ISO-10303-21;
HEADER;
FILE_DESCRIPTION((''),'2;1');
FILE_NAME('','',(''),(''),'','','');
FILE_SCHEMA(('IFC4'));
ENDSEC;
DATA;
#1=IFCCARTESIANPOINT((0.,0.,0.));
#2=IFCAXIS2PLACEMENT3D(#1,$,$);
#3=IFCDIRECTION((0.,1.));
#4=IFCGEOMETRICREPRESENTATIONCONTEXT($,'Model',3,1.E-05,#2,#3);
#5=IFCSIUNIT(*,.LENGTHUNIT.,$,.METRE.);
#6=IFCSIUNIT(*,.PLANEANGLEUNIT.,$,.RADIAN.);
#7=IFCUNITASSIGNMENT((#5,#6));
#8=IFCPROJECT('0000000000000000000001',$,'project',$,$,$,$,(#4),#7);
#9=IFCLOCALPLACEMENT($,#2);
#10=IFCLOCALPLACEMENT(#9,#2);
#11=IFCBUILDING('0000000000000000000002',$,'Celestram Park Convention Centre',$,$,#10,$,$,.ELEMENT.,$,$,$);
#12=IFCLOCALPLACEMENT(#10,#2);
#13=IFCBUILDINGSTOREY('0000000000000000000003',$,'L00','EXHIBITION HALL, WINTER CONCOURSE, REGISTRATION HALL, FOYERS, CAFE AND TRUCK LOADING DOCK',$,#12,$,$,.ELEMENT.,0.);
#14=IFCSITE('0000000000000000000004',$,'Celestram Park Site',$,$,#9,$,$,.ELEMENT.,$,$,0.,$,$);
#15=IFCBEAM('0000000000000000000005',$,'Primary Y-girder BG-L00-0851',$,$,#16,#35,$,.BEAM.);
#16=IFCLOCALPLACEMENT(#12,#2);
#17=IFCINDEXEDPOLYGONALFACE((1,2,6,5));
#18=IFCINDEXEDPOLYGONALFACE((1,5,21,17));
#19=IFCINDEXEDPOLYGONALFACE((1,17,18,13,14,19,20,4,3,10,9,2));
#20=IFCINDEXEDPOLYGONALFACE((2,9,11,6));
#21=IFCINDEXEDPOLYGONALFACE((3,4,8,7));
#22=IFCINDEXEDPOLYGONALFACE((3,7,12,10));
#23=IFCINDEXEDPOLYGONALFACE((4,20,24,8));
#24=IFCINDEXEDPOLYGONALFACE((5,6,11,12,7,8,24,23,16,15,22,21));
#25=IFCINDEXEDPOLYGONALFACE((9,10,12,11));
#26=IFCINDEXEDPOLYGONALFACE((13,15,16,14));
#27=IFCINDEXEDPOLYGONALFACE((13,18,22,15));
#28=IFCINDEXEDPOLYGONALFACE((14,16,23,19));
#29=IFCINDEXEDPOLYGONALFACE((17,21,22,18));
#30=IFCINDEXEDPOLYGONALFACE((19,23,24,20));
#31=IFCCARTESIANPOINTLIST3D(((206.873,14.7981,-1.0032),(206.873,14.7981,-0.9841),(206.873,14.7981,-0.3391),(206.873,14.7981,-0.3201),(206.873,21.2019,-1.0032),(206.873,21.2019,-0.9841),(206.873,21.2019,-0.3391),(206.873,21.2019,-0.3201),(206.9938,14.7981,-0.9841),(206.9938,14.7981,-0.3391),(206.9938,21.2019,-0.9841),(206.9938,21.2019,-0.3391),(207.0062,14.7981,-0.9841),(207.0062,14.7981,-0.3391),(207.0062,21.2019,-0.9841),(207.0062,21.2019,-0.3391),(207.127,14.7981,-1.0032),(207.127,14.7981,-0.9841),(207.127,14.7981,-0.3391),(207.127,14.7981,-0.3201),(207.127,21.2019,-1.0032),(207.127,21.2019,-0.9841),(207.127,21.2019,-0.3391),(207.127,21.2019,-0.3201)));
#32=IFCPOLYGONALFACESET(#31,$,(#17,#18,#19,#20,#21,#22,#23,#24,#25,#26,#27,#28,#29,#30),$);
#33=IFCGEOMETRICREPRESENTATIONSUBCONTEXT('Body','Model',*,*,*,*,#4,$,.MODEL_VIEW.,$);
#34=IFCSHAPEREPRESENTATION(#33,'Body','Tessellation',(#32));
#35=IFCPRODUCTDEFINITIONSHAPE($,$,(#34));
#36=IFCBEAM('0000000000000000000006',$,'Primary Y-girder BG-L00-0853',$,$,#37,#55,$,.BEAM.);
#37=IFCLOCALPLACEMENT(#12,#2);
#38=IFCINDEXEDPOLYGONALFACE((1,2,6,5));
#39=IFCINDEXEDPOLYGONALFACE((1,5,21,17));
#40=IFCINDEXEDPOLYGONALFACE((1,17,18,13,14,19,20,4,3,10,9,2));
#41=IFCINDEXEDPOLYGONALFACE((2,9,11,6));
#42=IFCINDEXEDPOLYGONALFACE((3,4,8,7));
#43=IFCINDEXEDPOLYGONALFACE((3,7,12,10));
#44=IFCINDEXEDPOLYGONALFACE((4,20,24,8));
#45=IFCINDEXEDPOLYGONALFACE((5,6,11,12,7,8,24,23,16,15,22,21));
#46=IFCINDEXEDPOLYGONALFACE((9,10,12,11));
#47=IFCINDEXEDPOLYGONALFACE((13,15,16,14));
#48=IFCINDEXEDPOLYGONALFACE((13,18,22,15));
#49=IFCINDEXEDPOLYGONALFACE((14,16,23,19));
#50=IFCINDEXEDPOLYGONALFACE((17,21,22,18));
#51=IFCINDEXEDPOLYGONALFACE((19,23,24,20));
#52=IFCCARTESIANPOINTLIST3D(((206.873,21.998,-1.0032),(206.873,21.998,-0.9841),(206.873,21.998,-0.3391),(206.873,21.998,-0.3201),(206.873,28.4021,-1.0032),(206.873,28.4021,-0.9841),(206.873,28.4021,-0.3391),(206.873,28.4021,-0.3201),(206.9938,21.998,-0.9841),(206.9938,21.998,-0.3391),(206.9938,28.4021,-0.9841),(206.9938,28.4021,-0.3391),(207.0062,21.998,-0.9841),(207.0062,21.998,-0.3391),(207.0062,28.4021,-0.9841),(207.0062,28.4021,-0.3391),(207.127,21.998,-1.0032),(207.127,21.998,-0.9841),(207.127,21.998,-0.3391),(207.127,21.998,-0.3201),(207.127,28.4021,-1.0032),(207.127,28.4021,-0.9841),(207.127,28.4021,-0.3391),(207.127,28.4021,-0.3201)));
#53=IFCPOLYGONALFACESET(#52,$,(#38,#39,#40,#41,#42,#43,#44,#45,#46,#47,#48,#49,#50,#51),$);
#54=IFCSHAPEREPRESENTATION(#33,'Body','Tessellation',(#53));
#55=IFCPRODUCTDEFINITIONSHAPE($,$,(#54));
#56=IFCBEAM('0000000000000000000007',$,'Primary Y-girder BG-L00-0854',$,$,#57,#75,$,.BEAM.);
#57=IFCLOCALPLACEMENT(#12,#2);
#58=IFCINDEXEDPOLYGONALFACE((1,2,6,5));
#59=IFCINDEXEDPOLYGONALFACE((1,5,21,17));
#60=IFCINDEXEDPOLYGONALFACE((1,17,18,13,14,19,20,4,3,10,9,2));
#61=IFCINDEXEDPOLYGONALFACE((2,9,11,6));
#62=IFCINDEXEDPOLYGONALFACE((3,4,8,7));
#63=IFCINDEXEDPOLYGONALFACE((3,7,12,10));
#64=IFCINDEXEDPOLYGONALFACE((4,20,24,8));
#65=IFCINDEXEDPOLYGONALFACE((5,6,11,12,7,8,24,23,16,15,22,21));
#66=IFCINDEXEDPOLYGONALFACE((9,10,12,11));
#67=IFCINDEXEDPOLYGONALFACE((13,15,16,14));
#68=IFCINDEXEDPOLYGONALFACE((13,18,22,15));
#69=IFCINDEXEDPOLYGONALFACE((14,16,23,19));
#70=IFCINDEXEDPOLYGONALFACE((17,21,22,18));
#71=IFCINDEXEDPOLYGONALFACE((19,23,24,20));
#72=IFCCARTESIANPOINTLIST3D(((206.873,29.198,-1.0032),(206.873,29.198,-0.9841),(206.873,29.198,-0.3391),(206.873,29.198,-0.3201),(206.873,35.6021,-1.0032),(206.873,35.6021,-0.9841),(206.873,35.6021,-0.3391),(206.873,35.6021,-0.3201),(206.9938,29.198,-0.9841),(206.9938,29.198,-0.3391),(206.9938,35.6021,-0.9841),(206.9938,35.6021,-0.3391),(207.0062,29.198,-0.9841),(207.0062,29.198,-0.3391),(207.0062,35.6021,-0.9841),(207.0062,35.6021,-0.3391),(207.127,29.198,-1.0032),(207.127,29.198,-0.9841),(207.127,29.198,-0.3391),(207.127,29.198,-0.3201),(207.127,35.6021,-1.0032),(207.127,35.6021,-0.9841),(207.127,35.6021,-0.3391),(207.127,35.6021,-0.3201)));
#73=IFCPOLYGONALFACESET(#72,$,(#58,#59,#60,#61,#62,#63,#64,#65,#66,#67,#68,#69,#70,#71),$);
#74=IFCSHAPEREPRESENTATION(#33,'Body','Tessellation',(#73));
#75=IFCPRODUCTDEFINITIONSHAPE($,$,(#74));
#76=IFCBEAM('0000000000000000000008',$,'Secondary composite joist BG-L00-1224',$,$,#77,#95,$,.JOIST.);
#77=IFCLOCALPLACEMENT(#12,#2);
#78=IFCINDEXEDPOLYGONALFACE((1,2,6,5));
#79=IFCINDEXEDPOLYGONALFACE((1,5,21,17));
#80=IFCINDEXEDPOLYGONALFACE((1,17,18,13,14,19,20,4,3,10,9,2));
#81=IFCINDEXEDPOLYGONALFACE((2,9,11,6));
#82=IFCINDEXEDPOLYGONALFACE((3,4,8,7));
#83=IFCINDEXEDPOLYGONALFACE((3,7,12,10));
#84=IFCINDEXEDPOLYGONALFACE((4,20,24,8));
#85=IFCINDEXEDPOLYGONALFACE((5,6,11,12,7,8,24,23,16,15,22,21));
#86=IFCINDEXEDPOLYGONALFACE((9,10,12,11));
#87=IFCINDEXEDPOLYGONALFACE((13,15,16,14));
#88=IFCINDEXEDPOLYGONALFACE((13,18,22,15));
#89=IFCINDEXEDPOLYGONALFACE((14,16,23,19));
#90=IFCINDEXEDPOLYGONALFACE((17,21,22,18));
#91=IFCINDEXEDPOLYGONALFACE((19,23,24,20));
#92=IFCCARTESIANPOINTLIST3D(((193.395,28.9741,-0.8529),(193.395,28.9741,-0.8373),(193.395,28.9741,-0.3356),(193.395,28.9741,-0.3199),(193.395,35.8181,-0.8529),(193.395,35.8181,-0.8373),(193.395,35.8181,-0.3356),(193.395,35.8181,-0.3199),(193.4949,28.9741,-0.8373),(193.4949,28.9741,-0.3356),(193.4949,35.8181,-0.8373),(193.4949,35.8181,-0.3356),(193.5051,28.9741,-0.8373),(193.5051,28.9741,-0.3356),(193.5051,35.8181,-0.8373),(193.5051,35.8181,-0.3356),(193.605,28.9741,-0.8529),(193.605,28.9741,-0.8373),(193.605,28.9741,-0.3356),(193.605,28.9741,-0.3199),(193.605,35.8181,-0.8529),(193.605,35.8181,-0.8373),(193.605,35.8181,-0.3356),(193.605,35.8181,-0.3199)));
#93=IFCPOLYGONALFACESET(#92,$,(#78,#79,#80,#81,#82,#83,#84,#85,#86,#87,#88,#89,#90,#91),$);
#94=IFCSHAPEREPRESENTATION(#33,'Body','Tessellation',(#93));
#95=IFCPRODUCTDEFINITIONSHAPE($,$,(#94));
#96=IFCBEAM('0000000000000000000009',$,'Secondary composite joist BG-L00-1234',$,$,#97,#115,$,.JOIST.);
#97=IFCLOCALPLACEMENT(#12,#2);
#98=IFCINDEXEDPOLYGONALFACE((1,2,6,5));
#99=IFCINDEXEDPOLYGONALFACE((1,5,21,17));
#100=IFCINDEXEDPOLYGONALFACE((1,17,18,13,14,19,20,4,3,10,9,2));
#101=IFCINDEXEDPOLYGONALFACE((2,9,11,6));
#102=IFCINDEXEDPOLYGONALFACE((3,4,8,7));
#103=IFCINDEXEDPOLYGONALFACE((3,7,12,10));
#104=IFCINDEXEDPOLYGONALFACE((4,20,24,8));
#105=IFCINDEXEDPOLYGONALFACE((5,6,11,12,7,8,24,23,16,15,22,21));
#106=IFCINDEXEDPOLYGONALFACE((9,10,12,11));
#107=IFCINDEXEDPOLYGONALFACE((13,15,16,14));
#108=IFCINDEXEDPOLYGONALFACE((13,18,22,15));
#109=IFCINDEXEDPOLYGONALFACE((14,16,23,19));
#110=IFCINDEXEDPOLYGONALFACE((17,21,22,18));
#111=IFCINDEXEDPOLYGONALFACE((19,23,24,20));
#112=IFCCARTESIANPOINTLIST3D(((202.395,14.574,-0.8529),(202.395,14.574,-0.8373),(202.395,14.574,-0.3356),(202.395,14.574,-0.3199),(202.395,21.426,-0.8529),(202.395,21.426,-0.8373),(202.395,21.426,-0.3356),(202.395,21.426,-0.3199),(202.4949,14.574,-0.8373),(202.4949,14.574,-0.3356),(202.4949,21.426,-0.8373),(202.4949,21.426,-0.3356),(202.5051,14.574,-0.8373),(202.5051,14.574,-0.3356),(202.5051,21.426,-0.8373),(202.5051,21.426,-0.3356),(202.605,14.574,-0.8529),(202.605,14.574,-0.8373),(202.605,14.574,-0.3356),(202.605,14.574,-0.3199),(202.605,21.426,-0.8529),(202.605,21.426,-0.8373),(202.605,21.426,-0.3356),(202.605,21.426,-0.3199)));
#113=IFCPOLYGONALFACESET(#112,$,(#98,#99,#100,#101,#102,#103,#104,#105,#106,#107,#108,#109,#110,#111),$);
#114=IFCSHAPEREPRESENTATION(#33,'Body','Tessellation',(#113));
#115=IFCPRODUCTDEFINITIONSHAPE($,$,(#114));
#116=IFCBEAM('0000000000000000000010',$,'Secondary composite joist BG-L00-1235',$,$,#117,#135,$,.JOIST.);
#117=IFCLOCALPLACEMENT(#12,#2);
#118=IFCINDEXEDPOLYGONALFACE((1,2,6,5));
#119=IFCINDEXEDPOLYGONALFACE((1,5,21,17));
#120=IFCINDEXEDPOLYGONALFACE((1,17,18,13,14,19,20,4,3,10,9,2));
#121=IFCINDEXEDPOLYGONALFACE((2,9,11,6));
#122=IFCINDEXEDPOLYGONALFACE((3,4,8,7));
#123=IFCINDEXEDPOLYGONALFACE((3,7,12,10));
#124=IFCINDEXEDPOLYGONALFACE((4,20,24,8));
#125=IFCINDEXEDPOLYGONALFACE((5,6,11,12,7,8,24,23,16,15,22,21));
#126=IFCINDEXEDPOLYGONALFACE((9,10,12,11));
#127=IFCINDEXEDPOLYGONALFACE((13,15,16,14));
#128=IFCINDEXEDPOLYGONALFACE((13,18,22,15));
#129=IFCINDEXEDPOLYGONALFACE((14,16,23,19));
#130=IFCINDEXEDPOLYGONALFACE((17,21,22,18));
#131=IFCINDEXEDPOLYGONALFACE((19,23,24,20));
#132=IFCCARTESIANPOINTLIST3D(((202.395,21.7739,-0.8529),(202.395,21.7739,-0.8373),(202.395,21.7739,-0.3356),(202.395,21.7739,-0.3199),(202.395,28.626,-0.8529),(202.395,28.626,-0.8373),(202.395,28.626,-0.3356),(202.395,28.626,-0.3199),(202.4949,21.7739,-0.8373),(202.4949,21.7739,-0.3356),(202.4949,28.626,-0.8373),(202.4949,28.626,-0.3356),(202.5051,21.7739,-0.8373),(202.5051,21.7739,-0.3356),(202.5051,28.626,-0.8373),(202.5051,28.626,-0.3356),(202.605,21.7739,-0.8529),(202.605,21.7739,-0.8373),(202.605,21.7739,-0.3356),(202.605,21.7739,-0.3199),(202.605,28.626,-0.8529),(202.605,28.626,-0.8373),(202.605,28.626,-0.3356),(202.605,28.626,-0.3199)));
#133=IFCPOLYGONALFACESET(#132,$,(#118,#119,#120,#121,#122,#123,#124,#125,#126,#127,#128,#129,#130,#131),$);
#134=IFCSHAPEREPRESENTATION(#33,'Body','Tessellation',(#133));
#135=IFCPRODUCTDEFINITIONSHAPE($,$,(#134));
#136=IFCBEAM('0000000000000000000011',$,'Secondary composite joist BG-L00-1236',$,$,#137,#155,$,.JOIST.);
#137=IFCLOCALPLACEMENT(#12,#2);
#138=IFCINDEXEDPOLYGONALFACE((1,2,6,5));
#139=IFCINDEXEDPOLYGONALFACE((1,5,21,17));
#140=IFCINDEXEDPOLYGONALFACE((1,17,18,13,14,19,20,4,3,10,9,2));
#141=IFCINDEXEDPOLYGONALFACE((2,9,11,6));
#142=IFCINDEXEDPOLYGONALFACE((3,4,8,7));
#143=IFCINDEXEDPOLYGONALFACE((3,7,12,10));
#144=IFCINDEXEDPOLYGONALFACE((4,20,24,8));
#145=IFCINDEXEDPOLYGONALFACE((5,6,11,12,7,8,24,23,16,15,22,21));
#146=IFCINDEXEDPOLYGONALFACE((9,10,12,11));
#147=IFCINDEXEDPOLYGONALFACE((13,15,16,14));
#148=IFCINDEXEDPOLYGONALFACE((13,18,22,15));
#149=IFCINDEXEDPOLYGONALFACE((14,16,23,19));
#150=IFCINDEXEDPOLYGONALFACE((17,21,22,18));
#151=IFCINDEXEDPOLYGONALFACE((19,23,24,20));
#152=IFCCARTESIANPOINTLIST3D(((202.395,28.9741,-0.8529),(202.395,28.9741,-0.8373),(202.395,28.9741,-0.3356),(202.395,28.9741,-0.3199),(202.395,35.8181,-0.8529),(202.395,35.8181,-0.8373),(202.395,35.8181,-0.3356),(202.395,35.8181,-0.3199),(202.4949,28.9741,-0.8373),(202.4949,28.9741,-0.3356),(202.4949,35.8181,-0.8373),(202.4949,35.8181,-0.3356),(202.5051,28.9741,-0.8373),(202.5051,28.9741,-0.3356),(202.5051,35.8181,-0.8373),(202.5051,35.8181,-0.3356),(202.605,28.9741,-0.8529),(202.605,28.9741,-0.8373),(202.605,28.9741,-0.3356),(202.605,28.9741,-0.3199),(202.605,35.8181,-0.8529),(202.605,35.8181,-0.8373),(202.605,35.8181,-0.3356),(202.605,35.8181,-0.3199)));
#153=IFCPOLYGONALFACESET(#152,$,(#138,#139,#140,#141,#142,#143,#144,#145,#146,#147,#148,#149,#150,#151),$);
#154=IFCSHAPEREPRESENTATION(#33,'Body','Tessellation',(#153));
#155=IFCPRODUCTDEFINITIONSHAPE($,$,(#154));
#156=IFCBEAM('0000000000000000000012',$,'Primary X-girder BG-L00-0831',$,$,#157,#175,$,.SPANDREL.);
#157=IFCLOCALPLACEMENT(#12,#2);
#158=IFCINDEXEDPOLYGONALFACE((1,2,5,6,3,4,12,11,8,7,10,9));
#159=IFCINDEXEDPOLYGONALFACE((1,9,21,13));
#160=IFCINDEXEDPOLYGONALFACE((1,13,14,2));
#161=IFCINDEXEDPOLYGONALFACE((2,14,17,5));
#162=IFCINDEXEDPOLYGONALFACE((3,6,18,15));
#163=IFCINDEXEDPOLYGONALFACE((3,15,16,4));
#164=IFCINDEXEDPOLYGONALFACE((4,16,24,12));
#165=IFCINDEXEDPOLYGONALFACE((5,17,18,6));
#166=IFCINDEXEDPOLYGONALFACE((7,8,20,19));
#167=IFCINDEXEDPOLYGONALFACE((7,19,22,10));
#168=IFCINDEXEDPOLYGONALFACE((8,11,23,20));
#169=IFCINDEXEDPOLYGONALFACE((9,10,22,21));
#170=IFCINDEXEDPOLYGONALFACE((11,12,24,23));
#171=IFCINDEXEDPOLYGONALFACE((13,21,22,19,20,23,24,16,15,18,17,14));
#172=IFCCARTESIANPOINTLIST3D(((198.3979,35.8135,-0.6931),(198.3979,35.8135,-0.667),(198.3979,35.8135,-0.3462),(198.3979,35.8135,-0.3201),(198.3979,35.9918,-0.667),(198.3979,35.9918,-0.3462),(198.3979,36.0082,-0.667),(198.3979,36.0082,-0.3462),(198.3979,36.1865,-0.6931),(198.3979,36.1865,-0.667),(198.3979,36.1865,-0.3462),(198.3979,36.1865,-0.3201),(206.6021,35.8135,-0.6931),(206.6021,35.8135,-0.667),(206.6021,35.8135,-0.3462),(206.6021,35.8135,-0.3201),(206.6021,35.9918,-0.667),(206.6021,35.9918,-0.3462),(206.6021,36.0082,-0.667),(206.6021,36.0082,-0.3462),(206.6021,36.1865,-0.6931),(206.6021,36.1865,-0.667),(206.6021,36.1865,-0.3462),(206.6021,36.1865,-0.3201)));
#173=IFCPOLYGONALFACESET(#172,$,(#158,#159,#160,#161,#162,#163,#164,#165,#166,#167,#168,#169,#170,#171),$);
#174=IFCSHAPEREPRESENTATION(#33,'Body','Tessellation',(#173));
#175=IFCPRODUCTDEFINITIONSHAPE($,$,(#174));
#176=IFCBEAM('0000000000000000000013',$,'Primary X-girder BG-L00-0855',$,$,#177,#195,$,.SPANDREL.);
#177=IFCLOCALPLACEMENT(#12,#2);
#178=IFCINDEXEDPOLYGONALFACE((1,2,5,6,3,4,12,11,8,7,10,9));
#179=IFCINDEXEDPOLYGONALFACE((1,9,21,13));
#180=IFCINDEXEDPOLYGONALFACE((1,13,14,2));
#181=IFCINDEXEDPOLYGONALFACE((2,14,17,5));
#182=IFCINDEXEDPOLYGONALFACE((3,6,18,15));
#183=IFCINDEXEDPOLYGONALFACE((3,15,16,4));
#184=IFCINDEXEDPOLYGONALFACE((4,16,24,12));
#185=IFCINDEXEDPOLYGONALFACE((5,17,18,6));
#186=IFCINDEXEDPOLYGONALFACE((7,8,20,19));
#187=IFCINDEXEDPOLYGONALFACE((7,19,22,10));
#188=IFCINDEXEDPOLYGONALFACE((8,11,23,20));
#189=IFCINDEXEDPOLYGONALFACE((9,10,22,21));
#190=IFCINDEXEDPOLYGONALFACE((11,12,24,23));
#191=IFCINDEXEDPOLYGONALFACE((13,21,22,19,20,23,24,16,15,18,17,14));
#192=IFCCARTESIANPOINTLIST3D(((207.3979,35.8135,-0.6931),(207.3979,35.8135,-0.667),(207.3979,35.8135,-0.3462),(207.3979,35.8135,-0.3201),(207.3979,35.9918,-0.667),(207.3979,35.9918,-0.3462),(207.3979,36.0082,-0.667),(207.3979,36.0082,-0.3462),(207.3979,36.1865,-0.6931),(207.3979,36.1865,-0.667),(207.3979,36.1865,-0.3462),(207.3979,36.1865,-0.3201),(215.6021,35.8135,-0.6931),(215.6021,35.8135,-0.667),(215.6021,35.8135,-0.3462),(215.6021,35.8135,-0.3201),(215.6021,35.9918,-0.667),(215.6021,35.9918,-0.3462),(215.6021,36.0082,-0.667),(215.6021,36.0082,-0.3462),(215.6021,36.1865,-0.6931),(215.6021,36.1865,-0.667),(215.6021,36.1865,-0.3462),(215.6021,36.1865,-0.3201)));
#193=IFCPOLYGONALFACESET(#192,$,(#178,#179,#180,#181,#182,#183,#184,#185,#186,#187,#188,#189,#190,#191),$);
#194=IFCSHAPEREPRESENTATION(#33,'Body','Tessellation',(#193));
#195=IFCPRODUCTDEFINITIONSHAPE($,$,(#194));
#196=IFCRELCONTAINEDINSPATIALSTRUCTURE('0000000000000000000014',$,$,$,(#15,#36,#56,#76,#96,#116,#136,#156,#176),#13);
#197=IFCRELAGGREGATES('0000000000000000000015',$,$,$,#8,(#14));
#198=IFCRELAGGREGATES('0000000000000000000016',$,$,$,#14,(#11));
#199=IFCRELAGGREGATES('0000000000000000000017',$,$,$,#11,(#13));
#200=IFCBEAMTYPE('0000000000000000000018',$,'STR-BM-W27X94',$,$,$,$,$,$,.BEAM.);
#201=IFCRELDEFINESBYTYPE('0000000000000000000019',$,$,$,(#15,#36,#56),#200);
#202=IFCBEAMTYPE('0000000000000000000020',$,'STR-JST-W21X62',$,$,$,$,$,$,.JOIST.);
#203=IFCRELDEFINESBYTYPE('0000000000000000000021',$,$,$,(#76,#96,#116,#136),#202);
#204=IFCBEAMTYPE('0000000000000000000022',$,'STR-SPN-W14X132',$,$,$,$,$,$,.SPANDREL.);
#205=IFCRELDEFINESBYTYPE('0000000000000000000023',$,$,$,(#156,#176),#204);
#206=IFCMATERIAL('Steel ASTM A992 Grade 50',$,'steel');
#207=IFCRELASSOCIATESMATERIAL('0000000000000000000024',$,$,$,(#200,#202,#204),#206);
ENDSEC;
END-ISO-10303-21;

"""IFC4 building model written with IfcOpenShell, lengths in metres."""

from ifc_helpers import new_model, si_unit, direction, frame, origin, origin_2d, place, context, subcontext, project, spatial, i_section, extrude, material, material_profile, profile_set, type_object, element, save


model = new_model("IFC4")

# Units and contexts
model_context = context("Model", 3, precision=1e-05, world=origin(), true_north=direction((0.0, 1.0)))
body_context = subcontext(model_context, "Body", "Model", "MODEL_VIEW")
ifc_project = project(units=[si_unit("LENGTHUNIT", "METRE"), si_unit("PLANEANGLEUNIT", "RADIAN")], contexts=[model_context])

# Site, building, storey
site_placement = place(None, origin())
site = spatial("IfcSite", under=ifc_project, at=site_placement, Name="Celestram Park Site", CompositionType="ELEMENT", RefElevation=0.0)
building_placement = place(site_placement, origin())
building = spatial("IfcBuilding", under=site, at=building_placement, Name="Celestram Park Convention Centre", CompositionType="ELEMENT")
storey_placement = place(building_placement, origin())
storey = spatial("IfcBuildingStorey", under=building, at=storey_placement, Name="L00", Description="EXHIBITION HALL, WINTER CONCOURSE, REGISTRATION HALL, FOYERS, CAFE AND TRUCK LOADING DOCK", CompositionType="ELEMENT", Elevation=0.0)

# Beams
ifc_material_1 = material(Name="Steel ASTM A992 Grade 50", Category="steel")
ifc_material_profile_1 = material_profile(ifc_material_1, i_section(OverallWidth=0.2539, OverallDepth=0.6831, WebThickness=0.0125, FlangeThickness=0.019, at=origin_2d()), Name="W27X94")
ifc_profile_set_1 = profile_set([ifc_material_profile_1], Name="Steel ASTM A992 Grade 50")
beam_type_1 = type_object("IfcBeamType", Name="STR-BM-W27X94", PredefinedType="BEAM", material=ifc_profile_set_1)
beam_1_placement = place(storey_placement, frame((207.0, 14.7981, -0.6616), z_axis=(0.0, 1.0, 0.0), x_axis=(-1.0, 0.0, 0.0)))
element("IfcBeam", 1, at=beam_1_placement, inside=storey, type_object=beam_type_1, Name="Primary Y-girder BG-L00-0851", PredefinedType="BEAM", context=body_context, shape_type="SweptSolid", body=[
    extrude(i_section(OverallWidth=0.2539, OverallDepth=0.6831, WebThickness=0.0125, FlangeThickness=0.019, at=origin_2d()), origin(), (0.0, 0.0, 1.0), 6.4038),
])
for number, where, z_axis, x_axis, name in (
    (2, (207.0, 21.998, -0.6616), (0.0, 1.0, 0.0), (-1.0, 0.0, 0.0), "Primary Y-girder BG-L00-0853"),
    (3, (207.0, 29.198, -0.6616), (0.0, 1.0, 0.0), (-1.0, 0.0, 0.0), "Primary Y-girder BG-L00-0854"),
):
    element("IfcBeam", number, at=place(storey_placement, frame(where, z_axis=z_axis, x_axis=x_axis)), inside=storey, type_object=beam_type_1, Name=name, PredefinedType="BEAM", context=body_context, shape_type="SweptSolid", body=[
        extrude(i_section(OverallWidth=0.2539, OverallDepth=0.6831, WebThickness=0.0125, FlangeThickness=0.019, at=origin_2d()), origin(), (0.0, 0.0, 1.0), 6.4041),
    ])
ifc_material_profile_2 = material_profile(ifc_material_1, i_section(OverallWidth=0.21, OverallDepth=0.533, WebThickness=0.0103, FlangeThickness=0.0156, at=origin_2d()), Name="W21X62")
ifc_profile_set_2 = profile_set([ifc_material_profile_2], Name="Steel ASTM A992 Grade 50")
beam_type_2 = type_object("IfcBeamType", Name="STR-JST-W21X62", PredefinedType="JOIST", material=ifc_profile_set_2)
beam_2_placement = place(storey_placement, frame((193.5, 28.9741, -0.5864), z_axis=(0.0, 1.0, 0.0), x_axis=(-1.0, 0.0, 0.0)))
element("IfcBeam", 4, at=beam_2_placement, inside=storey, type_object=beam_type_2, Name="Secondary composite joist BG-L00-1224", PredefinedType="JOIST", context=body_context, shape_type="SweptSolid", body=[
    extrude(i_section(OverallWidth=0.21, OverallDepth=0.533, WebThickness=0.0103, FlangeThickness=0.0156, at=origin_2d()), origin(), (0.0, 0.0, 1.0), 6.844),
])
for number, where, z_axis, x_axis, name in (
    (5, (202.5, 14.574, -0.5864), (0.0, 1.0, 0.0), (-1.0, 0.0, 0.0), "Secondary composite joist BG-L00-1234"),
    (6, (202.5, 21.7739, -0.5864), (0.0, 1.0, 0.0), (-1.0, 0.0, 0.0), "Secondary composite joist BG-L00-1235"),
):
    element("IfcBeam", number, at=place(storey_placement, frame(where, z_axis=z_axis, x_axis=x_axis)), inside=storey, type_object=beam_type_2, Name=name, PredefinedType="JOIST", context=body_context, shape_type="SweptSolid", body=[
        extrude(i_section(OverallWidth=0.21, OverallDepth=0.533, WebThickness=0.0103, FlangeThickness=0.0156, at=origin_2d()), origin(), (0.0, 0.0, 1.0), 6.8521),
    ])
beam_3_placement = place(storey_placement, frame((202.5, 28.9741, -0.5864), z_axis=(0.0, 1.0, 0.0), x_axis=(-1.0, 0.0, 0.0)))
element("IfcBeam", 7, at=beam_3_placement, inside=storey, type_object=beam_type_2, Name="Secondary composite joist BG-L00-1236", PredefinedType="JOIST", context=body_context, shape_type="SweptSolid", body=[
    extrude(i_section(OverallWidth=0.21, OverallDepth=0.533, WebThickness=0.0103, FlangeThickness=0.0156, at=origin_2d()), origin(), (0.0, 0.0, 1.0), 6.844),
])
ifc_material_profile_3 = material_profile(ifc_material_1, i_section(OverallWidth=0.373, OverallDepth=0.373, WebThickness=0.0164, FlangeThickness=0.0261, at=origin_2d()), Name="W14X132")
ifc_profile_set_3 = profile_set([ifc_material_profile_3], Name="Steel ASTM A992 Grade 50")
beam_type_3 = type_object("IfcBeamType", Name="STR-SPN-W14X132", PredefinedType="SPANDREL", material=ifc_profile_set_3)
for number, where, z_axis, x_axis, name in (
    (8, (198.3979, 36.0, -0.5066), (1.0, 0.0, 0.0), (0.0, 1.0, 0.0), "Primary X-girder BG-L00-0831"),
    (9, (207.3979, 36.0, -0.5066), (1.0, 0.0, 0.0), (0.0, 1.0, 0.0), "Primary X-girder BG-L00-0855"),
):
    element("IfcBeam", number, at=place(storey_placement, frame(where, z_axis=z_axis, x_axis=x_axis)), inside=storey, type_object=beam_type_3, Name=name, PredefinedType="SPANDREL", context=body_context, shape_type="SweptSolid", body=[
        extrude(i_section(OverallWidth=0.373, OverallDepth=0.373, WebThickness=0.0164, FlangeThickness=0.0261, at=origin_2d()), origin(), (0.0, 0.0, 1.0), 8.2041),
    ])

save(model, "model.ifc")
